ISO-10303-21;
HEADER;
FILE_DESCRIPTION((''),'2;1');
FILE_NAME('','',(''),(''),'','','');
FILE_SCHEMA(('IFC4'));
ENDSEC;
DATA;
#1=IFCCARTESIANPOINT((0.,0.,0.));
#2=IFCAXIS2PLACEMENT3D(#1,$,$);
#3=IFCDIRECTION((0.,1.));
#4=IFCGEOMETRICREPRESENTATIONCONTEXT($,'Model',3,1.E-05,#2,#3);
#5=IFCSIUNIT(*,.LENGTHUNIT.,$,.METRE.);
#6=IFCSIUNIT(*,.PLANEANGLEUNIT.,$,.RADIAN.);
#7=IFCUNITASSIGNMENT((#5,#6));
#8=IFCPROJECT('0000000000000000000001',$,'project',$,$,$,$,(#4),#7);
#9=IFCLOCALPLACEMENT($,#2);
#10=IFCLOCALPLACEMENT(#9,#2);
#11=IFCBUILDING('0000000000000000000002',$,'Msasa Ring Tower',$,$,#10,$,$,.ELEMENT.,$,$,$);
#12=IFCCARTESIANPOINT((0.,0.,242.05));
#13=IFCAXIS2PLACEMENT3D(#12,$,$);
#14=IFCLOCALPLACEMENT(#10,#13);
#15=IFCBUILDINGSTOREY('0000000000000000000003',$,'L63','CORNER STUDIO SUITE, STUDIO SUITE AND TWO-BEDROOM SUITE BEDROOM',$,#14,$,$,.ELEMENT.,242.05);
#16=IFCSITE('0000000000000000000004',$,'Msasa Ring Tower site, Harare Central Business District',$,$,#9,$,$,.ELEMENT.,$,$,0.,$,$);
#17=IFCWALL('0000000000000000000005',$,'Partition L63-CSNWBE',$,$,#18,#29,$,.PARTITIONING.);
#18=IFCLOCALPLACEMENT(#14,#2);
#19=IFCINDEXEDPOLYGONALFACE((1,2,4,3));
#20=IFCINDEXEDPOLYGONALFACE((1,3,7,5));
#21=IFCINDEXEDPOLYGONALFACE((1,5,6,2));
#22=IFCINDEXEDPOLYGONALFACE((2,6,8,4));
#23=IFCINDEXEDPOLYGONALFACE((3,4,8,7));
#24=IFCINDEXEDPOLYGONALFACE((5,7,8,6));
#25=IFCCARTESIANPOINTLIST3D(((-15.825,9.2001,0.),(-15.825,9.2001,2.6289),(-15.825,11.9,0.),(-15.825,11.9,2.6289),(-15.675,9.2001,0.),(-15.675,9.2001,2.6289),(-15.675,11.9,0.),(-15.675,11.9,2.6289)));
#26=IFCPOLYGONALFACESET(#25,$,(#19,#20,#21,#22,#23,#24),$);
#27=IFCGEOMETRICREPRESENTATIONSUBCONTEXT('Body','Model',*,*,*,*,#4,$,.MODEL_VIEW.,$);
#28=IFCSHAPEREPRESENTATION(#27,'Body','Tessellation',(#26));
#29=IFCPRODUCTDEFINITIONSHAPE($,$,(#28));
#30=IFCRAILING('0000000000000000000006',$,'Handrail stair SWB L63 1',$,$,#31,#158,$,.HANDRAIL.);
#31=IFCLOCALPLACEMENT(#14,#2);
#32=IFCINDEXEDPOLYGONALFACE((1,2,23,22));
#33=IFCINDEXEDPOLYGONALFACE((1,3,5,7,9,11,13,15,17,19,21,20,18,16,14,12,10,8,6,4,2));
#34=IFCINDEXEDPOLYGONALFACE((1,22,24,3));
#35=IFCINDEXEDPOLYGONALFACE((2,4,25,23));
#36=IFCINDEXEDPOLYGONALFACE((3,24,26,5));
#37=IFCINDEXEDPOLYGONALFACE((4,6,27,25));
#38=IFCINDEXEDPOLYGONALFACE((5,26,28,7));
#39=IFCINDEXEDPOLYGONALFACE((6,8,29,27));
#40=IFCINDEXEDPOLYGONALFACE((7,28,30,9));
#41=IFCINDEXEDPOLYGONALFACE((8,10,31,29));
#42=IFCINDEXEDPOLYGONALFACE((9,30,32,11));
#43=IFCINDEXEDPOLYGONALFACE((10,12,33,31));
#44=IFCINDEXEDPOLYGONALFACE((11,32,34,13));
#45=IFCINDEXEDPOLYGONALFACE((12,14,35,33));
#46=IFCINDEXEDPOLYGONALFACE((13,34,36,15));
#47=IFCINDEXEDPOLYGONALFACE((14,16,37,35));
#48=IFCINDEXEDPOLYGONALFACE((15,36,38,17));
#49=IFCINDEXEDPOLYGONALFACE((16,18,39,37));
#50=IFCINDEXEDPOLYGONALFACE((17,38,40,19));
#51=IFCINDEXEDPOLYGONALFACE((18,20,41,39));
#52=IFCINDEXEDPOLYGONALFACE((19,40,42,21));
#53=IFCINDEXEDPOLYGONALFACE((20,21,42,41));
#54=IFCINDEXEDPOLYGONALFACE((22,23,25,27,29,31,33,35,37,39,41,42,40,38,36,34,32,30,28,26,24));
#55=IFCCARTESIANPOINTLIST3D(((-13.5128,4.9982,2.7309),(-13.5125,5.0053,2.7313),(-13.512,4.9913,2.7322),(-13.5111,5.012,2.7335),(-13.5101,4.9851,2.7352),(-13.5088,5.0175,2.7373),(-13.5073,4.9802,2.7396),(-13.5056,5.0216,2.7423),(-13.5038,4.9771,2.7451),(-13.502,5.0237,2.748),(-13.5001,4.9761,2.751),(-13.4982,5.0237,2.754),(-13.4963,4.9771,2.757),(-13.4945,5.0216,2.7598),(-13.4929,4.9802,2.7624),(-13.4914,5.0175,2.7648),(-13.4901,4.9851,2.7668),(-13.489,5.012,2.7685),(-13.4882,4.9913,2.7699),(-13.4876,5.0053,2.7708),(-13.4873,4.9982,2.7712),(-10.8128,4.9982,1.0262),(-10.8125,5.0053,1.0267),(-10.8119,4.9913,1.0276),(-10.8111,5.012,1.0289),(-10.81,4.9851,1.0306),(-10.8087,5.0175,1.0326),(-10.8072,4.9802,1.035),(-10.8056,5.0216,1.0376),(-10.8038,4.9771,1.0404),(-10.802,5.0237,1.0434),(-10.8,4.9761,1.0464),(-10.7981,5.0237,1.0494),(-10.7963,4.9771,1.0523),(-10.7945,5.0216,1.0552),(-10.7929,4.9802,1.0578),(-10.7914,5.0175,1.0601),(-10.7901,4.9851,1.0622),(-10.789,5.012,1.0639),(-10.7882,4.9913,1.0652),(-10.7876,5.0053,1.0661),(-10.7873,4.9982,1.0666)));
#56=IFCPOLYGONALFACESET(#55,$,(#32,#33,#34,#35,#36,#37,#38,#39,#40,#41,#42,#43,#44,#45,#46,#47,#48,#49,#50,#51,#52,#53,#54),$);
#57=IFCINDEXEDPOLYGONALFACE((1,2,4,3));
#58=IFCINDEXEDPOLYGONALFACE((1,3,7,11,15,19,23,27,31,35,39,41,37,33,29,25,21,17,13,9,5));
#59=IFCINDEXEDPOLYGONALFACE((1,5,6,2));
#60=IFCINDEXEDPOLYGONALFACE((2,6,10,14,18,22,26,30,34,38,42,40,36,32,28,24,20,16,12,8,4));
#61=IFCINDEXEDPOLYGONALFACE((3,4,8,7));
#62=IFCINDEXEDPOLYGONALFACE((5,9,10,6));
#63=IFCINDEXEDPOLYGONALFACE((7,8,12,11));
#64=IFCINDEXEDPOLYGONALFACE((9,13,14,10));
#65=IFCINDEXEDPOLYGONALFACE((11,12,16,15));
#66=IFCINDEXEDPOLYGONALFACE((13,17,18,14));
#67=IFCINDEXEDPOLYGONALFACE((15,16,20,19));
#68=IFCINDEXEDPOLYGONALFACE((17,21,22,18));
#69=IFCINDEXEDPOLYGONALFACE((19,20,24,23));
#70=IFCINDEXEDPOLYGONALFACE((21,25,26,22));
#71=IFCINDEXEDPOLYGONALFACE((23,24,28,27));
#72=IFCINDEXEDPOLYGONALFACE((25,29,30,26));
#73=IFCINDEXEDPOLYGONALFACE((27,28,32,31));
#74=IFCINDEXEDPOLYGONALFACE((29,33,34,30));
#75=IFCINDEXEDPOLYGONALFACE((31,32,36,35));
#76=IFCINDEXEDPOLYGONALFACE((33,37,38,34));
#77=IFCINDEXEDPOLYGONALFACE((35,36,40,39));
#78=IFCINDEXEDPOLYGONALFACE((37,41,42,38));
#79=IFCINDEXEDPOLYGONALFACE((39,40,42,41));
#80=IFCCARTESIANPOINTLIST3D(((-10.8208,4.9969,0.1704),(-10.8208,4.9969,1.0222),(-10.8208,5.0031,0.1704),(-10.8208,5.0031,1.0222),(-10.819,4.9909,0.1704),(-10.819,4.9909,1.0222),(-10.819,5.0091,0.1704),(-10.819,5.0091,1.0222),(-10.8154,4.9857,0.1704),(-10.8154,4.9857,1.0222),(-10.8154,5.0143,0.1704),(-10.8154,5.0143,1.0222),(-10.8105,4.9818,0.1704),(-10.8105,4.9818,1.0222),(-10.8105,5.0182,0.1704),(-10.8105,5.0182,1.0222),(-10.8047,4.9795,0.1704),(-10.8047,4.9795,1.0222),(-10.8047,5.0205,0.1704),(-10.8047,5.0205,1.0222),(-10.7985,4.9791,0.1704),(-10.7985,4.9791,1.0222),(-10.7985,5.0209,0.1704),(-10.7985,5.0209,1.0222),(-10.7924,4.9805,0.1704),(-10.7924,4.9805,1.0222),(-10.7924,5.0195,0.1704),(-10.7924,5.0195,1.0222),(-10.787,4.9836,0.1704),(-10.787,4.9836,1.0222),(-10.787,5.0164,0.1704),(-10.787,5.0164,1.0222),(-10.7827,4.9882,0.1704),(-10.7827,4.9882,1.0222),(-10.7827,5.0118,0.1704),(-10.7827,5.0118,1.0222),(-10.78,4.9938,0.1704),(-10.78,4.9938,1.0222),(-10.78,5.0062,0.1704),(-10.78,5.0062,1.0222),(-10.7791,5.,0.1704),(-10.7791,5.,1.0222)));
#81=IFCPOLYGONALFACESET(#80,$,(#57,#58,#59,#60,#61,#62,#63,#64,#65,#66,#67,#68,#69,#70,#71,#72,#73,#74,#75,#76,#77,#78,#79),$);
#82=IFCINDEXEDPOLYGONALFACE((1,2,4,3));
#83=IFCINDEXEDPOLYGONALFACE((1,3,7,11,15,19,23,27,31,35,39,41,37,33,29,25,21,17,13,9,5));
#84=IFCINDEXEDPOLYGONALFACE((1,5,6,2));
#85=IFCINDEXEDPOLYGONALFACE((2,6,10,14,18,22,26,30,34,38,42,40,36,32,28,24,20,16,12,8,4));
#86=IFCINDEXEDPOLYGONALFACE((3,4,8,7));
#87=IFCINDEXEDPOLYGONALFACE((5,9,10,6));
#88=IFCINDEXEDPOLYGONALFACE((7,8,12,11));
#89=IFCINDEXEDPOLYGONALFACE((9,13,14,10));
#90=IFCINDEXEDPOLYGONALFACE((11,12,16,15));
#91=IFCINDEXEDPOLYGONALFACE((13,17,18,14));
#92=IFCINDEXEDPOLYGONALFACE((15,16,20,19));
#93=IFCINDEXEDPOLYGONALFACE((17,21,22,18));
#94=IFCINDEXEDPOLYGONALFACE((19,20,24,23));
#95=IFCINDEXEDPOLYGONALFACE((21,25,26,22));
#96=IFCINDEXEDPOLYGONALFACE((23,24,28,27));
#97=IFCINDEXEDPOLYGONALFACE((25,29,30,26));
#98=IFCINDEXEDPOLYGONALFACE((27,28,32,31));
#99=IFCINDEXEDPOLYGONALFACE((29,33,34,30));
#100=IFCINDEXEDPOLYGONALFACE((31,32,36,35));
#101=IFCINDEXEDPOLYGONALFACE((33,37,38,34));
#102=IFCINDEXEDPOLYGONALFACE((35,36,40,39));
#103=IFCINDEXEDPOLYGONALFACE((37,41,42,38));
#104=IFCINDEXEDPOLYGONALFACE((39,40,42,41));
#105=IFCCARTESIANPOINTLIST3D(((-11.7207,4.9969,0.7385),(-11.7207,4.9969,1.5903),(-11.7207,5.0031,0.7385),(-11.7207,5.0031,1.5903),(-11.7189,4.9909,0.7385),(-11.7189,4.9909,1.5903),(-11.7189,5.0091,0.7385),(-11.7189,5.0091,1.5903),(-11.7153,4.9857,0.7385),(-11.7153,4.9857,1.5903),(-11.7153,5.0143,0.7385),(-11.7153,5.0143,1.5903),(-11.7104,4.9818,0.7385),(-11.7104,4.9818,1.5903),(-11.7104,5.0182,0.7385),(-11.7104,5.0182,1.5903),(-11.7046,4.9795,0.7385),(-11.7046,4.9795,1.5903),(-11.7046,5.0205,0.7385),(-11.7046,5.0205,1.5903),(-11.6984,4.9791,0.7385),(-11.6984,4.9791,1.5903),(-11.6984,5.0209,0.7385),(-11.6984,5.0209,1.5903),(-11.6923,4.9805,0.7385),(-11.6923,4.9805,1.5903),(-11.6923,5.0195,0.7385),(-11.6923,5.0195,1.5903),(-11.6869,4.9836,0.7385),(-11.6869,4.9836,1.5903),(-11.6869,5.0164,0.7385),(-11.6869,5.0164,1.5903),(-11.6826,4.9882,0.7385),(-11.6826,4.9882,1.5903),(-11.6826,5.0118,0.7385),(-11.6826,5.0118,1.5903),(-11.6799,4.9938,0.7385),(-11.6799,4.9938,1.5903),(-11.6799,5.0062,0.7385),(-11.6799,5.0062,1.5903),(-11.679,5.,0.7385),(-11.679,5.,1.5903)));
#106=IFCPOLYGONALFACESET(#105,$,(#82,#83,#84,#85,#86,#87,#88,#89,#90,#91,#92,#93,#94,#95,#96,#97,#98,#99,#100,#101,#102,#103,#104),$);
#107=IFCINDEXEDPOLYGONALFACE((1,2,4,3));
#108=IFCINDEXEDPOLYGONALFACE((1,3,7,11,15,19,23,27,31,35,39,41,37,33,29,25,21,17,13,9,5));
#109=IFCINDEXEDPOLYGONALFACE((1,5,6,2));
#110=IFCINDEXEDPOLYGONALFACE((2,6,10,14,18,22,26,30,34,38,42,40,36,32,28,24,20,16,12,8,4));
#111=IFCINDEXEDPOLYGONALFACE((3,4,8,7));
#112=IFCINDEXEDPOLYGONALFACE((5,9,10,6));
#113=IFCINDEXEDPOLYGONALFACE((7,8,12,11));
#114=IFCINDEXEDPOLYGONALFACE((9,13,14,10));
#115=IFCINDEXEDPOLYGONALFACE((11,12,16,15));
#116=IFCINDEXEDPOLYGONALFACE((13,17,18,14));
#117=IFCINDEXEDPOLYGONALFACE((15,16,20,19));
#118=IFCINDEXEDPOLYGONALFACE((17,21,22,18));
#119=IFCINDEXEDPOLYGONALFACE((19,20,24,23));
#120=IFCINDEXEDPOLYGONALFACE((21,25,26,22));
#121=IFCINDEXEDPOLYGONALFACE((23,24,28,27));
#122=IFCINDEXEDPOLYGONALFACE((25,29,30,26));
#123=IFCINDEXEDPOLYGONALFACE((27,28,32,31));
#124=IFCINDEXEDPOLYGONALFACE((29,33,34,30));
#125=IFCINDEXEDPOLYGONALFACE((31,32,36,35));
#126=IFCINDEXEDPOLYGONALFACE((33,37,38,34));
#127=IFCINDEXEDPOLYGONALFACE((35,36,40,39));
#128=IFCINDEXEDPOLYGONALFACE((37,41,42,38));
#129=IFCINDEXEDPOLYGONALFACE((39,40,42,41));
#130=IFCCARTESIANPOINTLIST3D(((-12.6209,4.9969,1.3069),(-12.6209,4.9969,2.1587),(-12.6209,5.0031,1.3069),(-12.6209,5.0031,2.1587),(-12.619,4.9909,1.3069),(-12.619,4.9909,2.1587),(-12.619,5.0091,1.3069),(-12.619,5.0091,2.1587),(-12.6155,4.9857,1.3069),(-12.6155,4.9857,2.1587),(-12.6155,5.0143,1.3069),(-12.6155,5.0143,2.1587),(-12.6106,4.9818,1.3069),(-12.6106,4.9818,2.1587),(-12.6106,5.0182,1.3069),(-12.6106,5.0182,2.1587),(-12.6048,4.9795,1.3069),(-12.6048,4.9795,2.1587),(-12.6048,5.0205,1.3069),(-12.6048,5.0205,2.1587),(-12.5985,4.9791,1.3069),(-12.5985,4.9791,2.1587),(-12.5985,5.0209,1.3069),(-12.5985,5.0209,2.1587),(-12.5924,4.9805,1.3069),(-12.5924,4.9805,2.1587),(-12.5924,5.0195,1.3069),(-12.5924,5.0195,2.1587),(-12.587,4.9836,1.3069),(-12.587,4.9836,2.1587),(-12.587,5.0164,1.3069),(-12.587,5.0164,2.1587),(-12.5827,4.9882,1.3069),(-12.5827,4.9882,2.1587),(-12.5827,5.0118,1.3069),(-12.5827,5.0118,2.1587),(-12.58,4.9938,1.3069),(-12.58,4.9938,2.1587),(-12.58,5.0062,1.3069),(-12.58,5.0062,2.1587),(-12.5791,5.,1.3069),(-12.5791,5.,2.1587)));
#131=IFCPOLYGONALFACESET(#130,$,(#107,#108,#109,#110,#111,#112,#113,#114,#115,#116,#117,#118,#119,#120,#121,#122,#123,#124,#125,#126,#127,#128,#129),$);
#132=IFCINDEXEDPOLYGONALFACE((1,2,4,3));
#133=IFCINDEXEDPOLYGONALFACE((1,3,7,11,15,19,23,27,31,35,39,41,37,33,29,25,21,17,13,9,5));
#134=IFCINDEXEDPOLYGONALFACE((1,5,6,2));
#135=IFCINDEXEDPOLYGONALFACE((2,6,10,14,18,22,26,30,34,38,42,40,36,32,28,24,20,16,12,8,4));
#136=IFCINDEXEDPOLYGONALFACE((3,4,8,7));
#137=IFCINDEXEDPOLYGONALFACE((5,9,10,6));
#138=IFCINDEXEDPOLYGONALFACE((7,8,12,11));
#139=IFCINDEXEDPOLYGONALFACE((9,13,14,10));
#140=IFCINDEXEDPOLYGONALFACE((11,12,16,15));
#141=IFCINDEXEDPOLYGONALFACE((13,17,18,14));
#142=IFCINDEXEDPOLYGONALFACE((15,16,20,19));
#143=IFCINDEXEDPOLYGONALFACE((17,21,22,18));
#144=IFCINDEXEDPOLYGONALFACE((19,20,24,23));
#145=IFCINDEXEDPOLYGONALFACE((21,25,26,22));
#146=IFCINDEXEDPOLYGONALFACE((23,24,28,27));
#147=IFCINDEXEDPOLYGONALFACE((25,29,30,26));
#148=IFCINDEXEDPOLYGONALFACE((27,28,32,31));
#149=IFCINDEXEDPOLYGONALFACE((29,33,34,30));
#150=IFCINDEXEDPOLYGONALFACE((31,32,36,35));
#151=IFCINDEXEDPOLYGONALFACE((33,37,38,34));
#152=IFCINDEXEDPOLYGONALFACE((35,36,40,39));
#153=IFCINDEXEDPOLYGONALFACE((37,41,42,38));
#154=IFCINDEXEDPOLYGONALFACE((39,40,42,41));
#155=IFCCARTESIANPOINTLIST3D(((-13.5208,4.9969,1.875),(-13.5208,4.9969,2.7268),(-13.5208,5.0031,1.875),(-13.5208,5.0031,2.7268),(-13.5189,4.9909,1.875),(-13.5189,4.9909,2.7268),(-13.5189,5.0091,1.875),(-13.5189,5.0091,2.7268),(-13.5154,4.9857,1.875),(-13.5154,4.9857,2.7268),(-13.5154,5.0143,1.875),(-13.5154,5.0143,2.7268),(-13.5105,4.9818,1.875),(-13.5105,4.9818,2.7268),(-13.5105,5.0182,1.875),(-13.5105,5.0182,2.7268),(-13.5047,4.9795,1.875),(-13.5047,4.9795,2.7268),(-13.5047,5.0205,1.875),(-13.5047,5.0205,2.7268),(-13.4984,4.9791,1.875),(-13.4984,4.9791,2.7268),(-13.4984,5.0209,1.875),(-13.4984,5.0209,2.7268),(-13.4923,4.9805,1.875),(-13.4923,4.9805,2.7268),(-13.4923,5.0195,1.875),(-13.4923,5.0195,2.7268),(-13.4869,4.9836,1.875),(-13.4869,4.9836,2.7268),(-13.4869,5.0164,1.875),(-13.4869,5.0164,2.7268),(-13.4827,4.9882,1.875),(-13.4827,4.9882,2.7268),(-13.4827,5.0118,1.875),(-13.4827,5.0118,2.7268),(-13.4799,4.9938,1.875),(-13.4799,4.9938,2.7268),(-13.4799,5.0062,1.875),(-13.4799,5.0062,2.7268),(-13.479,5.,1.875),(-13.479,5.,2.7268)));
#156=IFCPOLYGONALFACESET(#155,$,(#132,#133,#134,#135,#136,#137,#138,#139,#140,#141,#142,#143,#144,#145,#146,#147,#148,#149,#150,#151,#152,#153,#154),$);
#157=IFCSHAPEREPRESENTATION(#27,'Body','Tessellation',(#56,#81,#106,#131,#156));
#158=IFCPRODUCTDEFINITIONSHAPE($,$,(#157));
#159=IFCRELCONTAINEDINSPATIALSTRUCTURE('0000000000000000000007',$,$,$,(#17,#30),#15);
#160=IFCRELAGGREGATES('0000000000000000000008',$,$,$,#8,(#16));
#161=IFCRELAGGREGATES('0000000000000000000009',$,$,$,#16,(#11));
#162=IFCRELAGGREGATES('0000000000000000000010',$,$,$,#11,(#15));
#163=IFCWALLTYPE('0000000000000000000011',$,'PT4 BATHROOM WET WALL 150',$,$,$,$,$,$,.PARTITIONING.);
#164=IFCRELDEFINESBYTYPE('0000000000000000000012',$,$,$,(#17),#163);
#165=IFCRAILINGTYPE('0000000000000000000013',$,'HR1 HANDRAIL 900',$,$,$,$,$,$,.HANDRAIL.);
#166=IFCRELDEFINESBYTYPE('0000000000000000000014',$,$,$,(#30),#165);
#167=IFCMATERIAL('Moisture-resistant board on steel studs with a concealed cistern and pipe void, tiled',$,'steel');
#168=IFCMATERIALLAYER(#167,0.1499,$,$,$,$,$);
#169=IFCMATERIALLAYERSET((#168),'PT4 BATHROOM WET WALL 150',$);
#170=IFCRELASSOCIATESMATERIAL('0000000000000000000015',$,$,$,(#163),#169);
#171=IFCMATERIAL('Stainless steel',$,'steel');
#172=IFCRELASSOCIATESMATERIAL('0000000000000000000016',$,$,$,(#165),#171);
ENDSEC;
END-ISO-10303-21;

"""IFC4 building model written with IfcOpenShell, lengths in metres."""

from ifc_helpers import new_model, si_unit, direction, frame, frame_2d, origin, origin_2d, place, context, subcontext, project, spatial, rectangle, circle, extrude, material, layer, layer_set, type_object, element, save


model = new_model("IFC4")

# Units and contexts
model_context = context("Model", 3, precision=1e-05, world=origin(), true_north=direction((0.0, 1.0)))
body_context = subcontext(model_context, "Body", "Model", "MODEL_VIEW")
ifc_project = project(units=[si_unit("LENGTHUNIT", "METRE"), si_unit("PLANEANGLEUNIT", "RADIAN")], contexts=[model_context])

# Site, building, storey
site_placement = place(None, origin())
site = spatial("IfcSite", under=ifc_project, at=site_placement, Name="Msasa Ring Tower site, Harare Central Business District", CompositionType="ELEMENT", RefElevation=0.0)
building_placement = place(site_placement, origin())
building = spatial("IfcBuilding", under=site, at=building_placement, Name="Msasa Ring Tower", CompositionType="ELEMENT")
storey_placement = place(building_placement, frame((0.0, 0.0, 242.05)))
storey = spatial("IfcBuildingStorey", under=building, at=storey_placement, Name="L63", Description="CORNER STUDIO SUITE, STUDIO SUITE AND TWO-BEDROOM SUITE BEDROOM", CompositionType="ELEMENT", Elevation=242.05)

# Wall
ifc_material_1 = material(Name="Moisture-resistant board on steel studs with a concealed cistern and pipe void, tiled", Category="steel")
ifc_layer_1 = layer(ifc_material_1, 0.1499)
ifc_layer_set_1 = layer_set([ifc_layer_1], Name="PT4 BATHROOM WET WALL 150")
wall_type_1 = type_object("IfcWallType", Name="PT4 BATHROOM WET WALL 150", PredefinedType="PARTITIONING", material=ifc_layer_set_1)
wall_1_placement = place(storey_placement, frame((-15.75, 9.2, 0.0), z_axis=(0.0, 0.0, 1.0), x_axis=(0.0, 1.0, 0.0)))
element("IfcWall", 1, at=wall_1_placement, inside=storey, type_object=wall_type_1, Name="Partition L63-CSNWBE", PredefinedType="PARTITIONING", context=body_context, shape_type="SweptSolid", body=[
    extrude(rectangle(XDim=2.7, YDim=0.1499, at=frame_2d((1.3501, 0.0))), origin(), (0.0, 0.0, 1.0), 2.6289),
])

# Railing
ifc_material_2 = material(Name="Stainless steel", Category="steel")
railing_type = type_object("IfcRailingType", Name="HR1 HANDRAIL 900", PredefinedType="HANDRAIL", material=ifc_material_2)
railing_placement = place(storey_placement, frame((-10.8, 5.0, 0.1704)))
element("IfcRailing", 2, at=railing_placement, inside=storey, type_object=railing_type, Name="Handrail stair SWB L63 1", PredefinedType="HANDRAIL", context=body_context, shape_type="SweptSolid", body=[
    extrude(circle(Radius=0.0239, at=origin_2d()), frame((0.0, 0.0, 0.876), z_axis=(-0.84558, 0.0, 0.533849), x_axis=(0.0, -1.0, 0.0)), (0.0, 0.0, 1.0), 3.1931),
    extrude(circle(Radius=0.021, at=origin_2d()), origin(), (0.0, 0.0, 1.0), 0.8518),
    extrude(circle(Radius=0.021, at=origin_2d()), frame((-0.8999, 0.0, 0.5681)), (0.0, 0.0, 1.0), 0.8518),
    extrude(circle(Radius=0.021, at=origin_2d()), frame((-1.8, 0.0, 1.1365)), (0.0, 0.0, 1.0), 0.8518),
    extrude(circle(Radius=0.021, at=origin_2d()), frame((-2.7, 0.0, 1.7046)), (0.0, 0.0, 1.0), 0.8518),
])

save(model, "model.ifc")
